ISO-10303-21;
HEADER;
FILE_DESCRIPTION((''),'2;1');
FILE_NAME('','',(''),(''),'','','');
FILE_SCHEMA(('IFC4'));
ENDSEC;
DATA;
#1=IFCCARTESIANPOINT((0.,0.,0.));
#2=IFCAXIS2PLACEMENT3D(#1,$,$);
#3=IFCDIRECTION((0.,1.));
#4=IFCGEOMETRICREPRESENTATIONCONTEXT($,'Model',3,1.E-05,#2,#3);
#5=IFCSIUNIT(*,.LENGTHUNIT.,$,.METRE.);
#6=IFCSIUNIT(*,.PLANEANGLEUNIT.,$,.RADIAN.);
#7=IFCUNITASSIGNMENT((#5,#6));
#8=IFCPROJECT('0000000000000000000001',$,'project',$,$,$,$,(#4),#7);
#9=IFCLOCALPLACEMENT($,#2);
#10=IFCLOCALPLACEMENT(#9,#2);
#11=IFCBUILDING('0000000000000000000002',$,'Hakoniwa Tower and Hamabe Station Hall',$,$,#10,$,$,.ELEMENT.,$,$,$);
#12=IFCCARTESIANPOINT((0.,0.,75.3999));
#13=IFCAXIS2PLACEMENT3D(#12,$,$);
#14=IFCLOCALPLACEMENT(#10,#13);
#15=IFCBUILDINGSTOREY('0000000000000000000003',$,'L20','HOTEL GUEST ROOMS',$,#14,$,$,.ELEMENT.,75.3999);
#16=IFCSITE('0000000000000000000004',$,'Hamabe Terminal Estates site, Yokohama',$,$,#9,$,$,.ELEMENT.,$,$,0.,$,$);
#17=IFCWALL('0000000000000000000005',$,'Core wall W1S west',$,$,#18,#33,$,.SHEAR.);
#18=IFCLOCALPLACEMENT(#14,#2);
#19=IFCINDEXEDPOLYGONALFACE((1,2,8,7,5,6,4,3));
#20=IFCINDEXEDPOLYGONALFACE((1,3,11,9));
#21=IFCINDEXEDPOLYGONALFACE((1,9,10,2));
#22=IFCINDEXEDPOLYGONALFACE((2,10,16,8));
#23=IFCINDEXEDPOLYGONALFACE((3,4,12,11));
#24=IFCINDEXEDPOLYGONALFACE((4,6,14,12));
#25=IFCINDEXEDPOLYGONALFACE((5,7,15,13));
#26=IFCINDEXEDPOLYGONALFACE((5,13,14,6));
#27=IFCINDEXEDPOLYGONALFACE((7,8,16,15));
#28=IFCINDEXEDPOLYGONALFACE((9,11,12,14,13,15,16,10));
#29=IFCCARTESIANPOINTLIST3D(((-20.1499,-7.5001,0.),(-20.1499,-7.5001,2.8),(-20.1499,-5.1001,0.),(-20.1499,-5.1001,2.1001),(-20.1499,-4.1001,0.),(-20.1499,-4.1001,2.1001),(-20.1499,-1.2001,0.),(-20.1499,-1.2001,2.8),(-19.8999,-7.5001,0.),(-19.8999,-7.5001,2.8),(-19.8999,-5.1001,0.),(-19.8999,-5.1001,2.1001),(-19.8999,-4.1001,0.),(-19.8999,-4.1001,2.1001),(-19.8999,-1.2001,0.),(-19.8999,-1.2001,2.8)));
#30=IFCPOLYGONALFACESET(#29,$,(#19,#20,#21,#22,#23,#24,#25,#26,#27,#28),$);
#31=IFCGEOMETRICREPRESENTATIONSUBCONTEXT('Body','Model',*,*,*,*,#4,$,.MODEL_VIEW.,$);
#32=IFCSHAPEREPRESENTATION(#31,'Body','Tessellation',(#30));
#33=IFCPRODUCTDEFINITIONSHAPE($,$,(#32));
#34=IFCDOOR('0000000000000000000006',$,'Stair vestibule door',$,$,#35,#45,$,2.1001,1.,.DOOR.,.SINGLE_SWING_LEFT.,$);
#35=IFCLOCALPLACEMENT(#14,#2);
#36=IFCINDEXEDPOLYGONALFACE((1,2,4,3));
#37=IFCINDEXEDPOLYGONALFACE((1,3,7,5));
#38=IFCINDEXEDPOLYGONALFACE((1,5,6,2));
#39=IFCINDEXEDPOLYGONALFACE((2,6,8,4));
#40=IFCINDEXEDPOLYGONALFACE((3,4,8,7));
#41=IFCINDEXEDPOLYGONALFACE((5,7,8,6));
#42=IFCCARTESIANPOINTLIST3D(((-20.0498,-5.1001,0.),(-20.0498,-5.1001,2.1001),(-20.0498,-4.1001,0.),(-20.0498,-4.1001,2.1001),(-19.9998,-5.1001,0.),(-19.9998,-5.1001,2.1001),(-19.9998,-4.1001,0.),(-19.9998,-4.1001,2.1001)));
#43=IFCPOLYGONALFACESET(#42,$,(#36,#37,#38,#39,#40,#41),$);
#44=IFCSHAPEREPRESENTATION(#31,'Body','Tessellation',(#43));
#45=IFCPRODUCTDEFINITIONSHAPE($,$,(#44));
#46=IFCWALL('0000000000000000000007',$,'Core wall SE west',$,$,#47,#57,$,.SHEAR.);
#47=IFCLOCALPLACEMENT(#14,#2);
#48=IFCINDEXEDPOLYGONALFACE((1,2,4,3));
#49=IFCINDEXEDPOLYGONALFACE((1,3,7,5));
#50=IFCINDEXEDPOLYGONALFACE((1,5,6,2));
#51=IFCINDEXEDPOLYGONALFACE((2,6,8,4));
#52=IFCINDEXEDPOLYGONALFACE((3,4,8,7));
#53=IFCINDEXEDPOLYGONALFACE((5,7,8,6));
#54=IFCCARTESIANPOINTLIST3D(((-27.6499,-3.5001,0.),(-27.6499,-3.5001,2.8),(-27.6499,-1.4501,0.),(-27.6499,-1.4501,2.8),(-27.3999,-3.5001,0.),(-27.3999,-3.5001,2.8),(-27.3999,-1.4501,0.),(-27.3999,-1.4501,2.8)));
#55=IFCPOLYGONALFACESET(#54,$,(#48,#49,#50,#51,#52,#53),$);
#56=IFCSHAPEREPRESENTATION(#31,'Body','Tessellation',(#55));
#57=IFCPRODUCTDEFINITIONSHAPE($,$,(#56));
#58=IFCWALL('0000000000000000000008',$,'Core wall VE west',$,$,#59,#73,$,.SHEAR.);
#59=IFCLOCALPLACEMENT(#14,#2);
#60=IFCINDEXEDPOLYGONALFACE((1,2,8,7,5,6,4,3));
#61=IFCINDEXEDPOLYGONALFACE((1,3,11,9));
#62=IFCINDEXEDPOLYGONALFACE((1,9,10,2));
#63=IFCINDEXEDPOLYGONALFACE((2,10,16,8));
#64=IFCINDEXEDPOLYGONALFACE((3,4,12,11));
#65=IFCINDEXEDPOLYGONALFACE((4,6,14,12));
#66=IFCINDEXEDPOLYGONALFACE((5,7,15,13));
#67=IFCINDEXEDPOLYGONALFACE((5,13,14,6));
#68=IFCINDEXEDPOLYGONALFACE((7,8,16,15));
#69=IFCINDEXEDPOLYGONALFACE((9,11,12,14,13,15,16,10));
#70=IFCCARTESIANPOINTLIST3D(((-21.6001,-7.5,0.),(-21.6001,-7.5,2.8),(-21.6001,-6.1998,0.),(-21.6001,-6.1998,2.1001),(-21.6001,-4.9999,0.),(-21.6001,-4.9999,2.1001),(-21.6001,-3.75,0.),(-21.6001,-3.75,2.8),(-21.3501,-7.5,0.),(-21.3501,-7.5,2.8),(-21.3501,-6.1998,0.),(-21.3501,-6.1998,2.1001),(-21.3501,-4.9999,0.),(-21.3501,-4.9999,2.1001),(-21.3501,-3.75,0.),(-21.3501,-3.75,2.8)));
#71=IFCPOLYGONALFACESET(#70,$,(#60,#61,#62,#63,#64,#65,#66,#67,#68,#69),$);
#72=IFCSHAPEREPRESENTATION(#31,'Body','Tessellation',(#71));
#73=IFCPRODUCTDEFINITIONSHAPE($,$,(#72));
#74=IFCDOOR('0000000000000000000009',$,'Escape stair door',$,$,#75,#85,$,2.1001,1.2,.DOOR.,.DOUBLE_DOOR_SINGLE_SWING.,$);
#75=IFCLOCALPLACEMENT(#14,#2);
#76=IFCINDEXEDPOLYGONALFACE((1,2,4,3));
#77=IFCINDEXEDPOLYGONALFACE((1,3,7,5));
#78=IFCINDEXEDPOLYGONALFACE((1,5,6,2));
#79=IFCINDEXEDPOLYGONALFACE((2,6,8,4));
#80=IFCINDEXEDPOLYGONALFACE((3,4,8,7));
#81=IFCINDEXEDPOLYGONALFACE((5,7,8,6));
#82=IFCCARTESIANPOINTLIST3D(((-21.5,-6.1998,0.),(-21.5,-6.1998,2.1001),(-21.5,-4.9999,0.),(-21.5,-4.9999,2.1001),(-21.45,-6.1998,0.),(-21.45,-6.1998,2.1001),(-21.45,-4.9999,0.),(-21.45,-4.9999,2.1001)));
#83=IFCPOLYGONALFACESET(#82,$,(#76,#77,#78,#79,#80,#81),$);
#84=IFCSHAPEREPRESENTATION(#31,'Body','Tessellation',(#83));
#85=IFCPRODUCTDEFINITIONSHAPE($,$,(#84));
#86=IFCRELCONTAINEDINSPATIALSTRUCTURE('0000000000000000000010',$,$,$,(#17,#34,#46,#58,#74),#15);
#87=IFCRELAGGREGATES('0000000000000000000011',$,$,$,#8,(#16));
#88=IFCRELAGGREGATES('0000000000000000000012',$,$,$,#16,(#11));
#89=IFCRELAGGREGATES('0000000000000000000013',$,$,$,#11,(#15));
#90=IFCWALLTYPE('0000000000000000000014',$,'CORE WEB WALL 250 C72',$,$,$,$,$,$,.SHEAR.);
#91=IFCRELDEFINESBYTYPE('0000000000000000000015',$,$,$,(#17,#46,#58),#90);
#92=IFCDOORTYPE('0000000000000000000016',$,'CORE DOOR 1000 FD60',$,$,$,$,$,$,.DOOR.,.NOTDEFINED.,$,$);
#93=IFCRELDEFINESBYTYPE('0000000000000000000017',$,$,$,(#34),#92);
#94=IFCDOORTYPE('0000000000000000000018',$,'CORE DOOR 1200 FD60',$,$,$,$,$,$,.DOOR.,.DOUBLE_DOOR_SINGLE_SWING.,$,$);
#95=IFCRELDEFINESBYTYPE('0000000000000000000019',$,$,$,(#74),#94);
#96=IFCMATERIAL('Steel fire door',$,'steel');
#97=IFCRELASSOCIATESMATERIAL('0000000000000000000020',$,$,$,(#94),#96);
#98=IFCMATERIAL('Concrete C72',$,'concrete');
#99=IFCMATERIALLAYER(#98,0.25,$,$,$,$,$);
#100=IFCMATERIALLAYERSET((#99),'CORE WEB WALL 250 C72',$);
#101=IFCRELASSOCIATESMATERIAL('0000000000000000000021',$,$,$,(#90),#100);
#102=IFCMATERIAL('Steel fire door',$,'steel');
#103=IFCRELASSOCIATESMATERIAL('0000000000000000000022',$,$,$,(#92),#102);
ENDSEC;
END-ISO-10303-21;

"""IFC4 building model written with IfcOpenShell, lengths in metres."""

from ifc_helpers import new_model, si_unit, direction, frame, frame_2d, origin, place, context, subcontext, project, spatial, rectangle, extrude, material, layer, layer_set, type_object, element, fill, save


model = new_model("IFC4")

# Units and contexts
model_context = context("Model", 3, precision=1e-05, world=origin(), true_north=direction((0.0, 1.0)))
body_context = subcontext(model_context, "Body", "Model", "MODEL_VIEW")
ifc_project = project(units=[si_unit("LENGTHUNIT", "METRE"), si_unit("PLANEANGLEUNIT", "RADIAN")], contexts=[model_context])

# Site, building, storey
site_placement = place(None, origin())
site = spatial("IfcSite", under=ifc_project, at=site_placement, Name="Hamabe Terminal Estates site, Yokohama", CompositionType="ELEMENT", RefElevation=0.0)
building_placement = place(site_placement, origin())
building = spatial("IfcBuilding", under=site, at=building_placement, Name="Hakoniwa Tower and Hamabe Station Hall", CompositionType="ELEMENT")
storey_placement = place(building_placement, frame((0.0, 0.0, 75.3999)))
storey = spatial("IfcBuildingStorey", under=building, at=storey_placement, Name="L20", Description="HOTEL GUEST ROOMS", CompositionType="ELEMENT", Elevation=75.3999)

# Wall, opening, door
ifc_material_1 = material(Name="Steel fire door", Category="steel")
door_type_1 = type_object("IfcDoorType", Name="CORE DOOR 1200 FD60", OperationType="DOUBLE_DOOR_SINGLE_SWING", PredefinedType="DOOR", material=ifc_material_1)
ifc_material_2 = material(Name="Concrete C72", Category="concrete")
ifc_layer_1 = layer(ifc_material_2, 0.25)
ifc_layer_set_1 = layer_set([ifc_layer_1], Name="CORE WEB WALL 250 C72")
wall_type_1 = type_object("IfcWallType", Name="CORE WEB WALL 250 C72", PredefinedType="SHEAR", material=ifc_layer_set_1)
wall_1_placement = place(storey_placement, frame((-20.0249, -7.5, 0.0), z_axis=(0.0, 0.0, 1.0), x_axis=(0.0, 1.0, 0.0)))
wall_1 = element("IfcWall", 1, at=wall_1_placement, inside=storey, type_object=wall_type_1, Name="Core wall W1S west", PredefinedType="SHEAR", context=body_context, shape_type="SweptSolid", body=[
    extrude(rectangle(XDim=6.3, YDim=0.25, at=frame_2d((3.1499, 0.0))), origin(), (0.0, 0.0, 1.0), 2.8),
])
opening_1_placement = place(wall_1_placement, frame((2.3999, 0.0, 0.0)))
opening_1 = element("IfcOpeningElement", 2, at=opening_1_placement, cuts=wall_1, PredefinedType="OPENING", context=body_context, shape_type="SweptSolid", body=[
    extrude(rectangle(XDim=1.0, YDim=2.1001, at=frame_2d((0.5, 1.05))), frame((0.0, 0.135, 0.0), z_axis=(0.0, -1.0, 0.0), x_axis=(1.0, 0.0, 0.0)), (0.0, 0.0, 1.0), 0.27),
])
ifc_material_3 = material(Name="Steel fire door", Category="steel")
door_type_2 = type_object("IfcDoorType", Name="CORE DOOR 1000 FD60", OperationType="NOTDEFINED", PredefinedType="DOOR", material=ifc_material_3)
door_1_placement = place(opening_1_placement, origin())
door_1 = element("IfcDoor", 3, at=door_1_placement, inside=storey, type_object=door_type_2, Name="Stair vestibule door", OperationType="SINGLE_SWING_LEFT", OverallHeight=2.1001, OverallWidth=1.0, PredefinedType="DOOR", context=body_context, shape_type="SweptSolid", body=[
    extrude(rectangle(XDim=1.0, YDim=2.1001, at=frame_2d((0.5, 1.05))), frame((0.0, 0.0249, 0.0), z_axis=(0.0, -1.0, 0.0), x_axis=(1.0, 0.0, 0.0)), (0.0, 0.0, 1.0), 0.05),
])
fill(opening_1, door_1)

# Wall
wall_2_placement = place(storey_placement, frame((-27.5249, -3.5, 0.0), z_axis=(0.0, 0.0, 1.0), x_axis=(0.0, 1.0, 0.0)))
element("IfcWall", 4, at=wall_2_placement, inside=storey, type_object=wall_type_1, Name="Core wall SE west", PredefinedType="SHEAR", context=body_context, shape_type="SweptSolid", body=[
    extrude(rectangle(XDim=2.05, YDim=0.25, at=frame_2d((1.0249, 0.0))), origin(), (0.0, 0.0, 1.0), 2.8),
])

# Wall, opening, door
wall_3_placement = place(storey_placement, frame((-21.4751, -7.5, 0.0), z_axis=(0.0, 0.0, 1.0), x_axis=(0.0, 1.0, 0.0)))
wall_3 = element("IfcWall", 5, at=wall_3_placement, inside=storey, type_object=wall_type_1, Name="Core wall VE west", PredefinedType="SHEAR", context=body_context, shape_type="SweptSolid", body=[
    extrude(rectangle(XDim=3.75, YDim=0.25, at=frame_2d((1.875, 0.0))), origin(), (0.0, 0.0, 1.0), 2.8),
])
opening_2_placement = place(wall_3_placement, frame((1.3, 0.0, 0.0)))
opening_2 = element("IfcOpeningElement", 6, at=opening_2_placement, cuts=wall_3, PredefinedType="OPENING", context=body_context, shape_type="SweptSolid", body=[
    extrude(rectangle(XDim=1.2, YDim=2.1001, at=frame_2d((0.6001, 1.05))), frame((0.0, 0.135, 0.0), z_axis=(0.0, -1.0, 0.0), x_axis=(1.0, 0.0, 0.0)), (0.0, 0.0, 1.0), 0.27),
])
door_2_placement = place(opening_2_placement, origin())
door_2 = element("IfcDoor", 7, at=door_2_placement, inside=storey, type_object=door_type_1, Name="Escape stair door", OperationType="DOUBLE_DOOR_SINGLE_SWING", OverallHeight=2.1001, OverallWidth=1.2, PredefinedType="DOOR", context=body_context, shape_type="SweptSolid", body=[
    extrude(rectangle(XDim=1.2, YDim=2.1001, at=frame_2d((0.6001, 1.05))), frame((0.0, 0.0249, 0.0), z_axis=(0.0, -1.0, 0.0), x_axis=(1.0, 0.0, 0.0)), (0.0, 0.0, 1.0), 0.05),
])
fill(opening_2, door_2)

save(model, "model.ifc")
